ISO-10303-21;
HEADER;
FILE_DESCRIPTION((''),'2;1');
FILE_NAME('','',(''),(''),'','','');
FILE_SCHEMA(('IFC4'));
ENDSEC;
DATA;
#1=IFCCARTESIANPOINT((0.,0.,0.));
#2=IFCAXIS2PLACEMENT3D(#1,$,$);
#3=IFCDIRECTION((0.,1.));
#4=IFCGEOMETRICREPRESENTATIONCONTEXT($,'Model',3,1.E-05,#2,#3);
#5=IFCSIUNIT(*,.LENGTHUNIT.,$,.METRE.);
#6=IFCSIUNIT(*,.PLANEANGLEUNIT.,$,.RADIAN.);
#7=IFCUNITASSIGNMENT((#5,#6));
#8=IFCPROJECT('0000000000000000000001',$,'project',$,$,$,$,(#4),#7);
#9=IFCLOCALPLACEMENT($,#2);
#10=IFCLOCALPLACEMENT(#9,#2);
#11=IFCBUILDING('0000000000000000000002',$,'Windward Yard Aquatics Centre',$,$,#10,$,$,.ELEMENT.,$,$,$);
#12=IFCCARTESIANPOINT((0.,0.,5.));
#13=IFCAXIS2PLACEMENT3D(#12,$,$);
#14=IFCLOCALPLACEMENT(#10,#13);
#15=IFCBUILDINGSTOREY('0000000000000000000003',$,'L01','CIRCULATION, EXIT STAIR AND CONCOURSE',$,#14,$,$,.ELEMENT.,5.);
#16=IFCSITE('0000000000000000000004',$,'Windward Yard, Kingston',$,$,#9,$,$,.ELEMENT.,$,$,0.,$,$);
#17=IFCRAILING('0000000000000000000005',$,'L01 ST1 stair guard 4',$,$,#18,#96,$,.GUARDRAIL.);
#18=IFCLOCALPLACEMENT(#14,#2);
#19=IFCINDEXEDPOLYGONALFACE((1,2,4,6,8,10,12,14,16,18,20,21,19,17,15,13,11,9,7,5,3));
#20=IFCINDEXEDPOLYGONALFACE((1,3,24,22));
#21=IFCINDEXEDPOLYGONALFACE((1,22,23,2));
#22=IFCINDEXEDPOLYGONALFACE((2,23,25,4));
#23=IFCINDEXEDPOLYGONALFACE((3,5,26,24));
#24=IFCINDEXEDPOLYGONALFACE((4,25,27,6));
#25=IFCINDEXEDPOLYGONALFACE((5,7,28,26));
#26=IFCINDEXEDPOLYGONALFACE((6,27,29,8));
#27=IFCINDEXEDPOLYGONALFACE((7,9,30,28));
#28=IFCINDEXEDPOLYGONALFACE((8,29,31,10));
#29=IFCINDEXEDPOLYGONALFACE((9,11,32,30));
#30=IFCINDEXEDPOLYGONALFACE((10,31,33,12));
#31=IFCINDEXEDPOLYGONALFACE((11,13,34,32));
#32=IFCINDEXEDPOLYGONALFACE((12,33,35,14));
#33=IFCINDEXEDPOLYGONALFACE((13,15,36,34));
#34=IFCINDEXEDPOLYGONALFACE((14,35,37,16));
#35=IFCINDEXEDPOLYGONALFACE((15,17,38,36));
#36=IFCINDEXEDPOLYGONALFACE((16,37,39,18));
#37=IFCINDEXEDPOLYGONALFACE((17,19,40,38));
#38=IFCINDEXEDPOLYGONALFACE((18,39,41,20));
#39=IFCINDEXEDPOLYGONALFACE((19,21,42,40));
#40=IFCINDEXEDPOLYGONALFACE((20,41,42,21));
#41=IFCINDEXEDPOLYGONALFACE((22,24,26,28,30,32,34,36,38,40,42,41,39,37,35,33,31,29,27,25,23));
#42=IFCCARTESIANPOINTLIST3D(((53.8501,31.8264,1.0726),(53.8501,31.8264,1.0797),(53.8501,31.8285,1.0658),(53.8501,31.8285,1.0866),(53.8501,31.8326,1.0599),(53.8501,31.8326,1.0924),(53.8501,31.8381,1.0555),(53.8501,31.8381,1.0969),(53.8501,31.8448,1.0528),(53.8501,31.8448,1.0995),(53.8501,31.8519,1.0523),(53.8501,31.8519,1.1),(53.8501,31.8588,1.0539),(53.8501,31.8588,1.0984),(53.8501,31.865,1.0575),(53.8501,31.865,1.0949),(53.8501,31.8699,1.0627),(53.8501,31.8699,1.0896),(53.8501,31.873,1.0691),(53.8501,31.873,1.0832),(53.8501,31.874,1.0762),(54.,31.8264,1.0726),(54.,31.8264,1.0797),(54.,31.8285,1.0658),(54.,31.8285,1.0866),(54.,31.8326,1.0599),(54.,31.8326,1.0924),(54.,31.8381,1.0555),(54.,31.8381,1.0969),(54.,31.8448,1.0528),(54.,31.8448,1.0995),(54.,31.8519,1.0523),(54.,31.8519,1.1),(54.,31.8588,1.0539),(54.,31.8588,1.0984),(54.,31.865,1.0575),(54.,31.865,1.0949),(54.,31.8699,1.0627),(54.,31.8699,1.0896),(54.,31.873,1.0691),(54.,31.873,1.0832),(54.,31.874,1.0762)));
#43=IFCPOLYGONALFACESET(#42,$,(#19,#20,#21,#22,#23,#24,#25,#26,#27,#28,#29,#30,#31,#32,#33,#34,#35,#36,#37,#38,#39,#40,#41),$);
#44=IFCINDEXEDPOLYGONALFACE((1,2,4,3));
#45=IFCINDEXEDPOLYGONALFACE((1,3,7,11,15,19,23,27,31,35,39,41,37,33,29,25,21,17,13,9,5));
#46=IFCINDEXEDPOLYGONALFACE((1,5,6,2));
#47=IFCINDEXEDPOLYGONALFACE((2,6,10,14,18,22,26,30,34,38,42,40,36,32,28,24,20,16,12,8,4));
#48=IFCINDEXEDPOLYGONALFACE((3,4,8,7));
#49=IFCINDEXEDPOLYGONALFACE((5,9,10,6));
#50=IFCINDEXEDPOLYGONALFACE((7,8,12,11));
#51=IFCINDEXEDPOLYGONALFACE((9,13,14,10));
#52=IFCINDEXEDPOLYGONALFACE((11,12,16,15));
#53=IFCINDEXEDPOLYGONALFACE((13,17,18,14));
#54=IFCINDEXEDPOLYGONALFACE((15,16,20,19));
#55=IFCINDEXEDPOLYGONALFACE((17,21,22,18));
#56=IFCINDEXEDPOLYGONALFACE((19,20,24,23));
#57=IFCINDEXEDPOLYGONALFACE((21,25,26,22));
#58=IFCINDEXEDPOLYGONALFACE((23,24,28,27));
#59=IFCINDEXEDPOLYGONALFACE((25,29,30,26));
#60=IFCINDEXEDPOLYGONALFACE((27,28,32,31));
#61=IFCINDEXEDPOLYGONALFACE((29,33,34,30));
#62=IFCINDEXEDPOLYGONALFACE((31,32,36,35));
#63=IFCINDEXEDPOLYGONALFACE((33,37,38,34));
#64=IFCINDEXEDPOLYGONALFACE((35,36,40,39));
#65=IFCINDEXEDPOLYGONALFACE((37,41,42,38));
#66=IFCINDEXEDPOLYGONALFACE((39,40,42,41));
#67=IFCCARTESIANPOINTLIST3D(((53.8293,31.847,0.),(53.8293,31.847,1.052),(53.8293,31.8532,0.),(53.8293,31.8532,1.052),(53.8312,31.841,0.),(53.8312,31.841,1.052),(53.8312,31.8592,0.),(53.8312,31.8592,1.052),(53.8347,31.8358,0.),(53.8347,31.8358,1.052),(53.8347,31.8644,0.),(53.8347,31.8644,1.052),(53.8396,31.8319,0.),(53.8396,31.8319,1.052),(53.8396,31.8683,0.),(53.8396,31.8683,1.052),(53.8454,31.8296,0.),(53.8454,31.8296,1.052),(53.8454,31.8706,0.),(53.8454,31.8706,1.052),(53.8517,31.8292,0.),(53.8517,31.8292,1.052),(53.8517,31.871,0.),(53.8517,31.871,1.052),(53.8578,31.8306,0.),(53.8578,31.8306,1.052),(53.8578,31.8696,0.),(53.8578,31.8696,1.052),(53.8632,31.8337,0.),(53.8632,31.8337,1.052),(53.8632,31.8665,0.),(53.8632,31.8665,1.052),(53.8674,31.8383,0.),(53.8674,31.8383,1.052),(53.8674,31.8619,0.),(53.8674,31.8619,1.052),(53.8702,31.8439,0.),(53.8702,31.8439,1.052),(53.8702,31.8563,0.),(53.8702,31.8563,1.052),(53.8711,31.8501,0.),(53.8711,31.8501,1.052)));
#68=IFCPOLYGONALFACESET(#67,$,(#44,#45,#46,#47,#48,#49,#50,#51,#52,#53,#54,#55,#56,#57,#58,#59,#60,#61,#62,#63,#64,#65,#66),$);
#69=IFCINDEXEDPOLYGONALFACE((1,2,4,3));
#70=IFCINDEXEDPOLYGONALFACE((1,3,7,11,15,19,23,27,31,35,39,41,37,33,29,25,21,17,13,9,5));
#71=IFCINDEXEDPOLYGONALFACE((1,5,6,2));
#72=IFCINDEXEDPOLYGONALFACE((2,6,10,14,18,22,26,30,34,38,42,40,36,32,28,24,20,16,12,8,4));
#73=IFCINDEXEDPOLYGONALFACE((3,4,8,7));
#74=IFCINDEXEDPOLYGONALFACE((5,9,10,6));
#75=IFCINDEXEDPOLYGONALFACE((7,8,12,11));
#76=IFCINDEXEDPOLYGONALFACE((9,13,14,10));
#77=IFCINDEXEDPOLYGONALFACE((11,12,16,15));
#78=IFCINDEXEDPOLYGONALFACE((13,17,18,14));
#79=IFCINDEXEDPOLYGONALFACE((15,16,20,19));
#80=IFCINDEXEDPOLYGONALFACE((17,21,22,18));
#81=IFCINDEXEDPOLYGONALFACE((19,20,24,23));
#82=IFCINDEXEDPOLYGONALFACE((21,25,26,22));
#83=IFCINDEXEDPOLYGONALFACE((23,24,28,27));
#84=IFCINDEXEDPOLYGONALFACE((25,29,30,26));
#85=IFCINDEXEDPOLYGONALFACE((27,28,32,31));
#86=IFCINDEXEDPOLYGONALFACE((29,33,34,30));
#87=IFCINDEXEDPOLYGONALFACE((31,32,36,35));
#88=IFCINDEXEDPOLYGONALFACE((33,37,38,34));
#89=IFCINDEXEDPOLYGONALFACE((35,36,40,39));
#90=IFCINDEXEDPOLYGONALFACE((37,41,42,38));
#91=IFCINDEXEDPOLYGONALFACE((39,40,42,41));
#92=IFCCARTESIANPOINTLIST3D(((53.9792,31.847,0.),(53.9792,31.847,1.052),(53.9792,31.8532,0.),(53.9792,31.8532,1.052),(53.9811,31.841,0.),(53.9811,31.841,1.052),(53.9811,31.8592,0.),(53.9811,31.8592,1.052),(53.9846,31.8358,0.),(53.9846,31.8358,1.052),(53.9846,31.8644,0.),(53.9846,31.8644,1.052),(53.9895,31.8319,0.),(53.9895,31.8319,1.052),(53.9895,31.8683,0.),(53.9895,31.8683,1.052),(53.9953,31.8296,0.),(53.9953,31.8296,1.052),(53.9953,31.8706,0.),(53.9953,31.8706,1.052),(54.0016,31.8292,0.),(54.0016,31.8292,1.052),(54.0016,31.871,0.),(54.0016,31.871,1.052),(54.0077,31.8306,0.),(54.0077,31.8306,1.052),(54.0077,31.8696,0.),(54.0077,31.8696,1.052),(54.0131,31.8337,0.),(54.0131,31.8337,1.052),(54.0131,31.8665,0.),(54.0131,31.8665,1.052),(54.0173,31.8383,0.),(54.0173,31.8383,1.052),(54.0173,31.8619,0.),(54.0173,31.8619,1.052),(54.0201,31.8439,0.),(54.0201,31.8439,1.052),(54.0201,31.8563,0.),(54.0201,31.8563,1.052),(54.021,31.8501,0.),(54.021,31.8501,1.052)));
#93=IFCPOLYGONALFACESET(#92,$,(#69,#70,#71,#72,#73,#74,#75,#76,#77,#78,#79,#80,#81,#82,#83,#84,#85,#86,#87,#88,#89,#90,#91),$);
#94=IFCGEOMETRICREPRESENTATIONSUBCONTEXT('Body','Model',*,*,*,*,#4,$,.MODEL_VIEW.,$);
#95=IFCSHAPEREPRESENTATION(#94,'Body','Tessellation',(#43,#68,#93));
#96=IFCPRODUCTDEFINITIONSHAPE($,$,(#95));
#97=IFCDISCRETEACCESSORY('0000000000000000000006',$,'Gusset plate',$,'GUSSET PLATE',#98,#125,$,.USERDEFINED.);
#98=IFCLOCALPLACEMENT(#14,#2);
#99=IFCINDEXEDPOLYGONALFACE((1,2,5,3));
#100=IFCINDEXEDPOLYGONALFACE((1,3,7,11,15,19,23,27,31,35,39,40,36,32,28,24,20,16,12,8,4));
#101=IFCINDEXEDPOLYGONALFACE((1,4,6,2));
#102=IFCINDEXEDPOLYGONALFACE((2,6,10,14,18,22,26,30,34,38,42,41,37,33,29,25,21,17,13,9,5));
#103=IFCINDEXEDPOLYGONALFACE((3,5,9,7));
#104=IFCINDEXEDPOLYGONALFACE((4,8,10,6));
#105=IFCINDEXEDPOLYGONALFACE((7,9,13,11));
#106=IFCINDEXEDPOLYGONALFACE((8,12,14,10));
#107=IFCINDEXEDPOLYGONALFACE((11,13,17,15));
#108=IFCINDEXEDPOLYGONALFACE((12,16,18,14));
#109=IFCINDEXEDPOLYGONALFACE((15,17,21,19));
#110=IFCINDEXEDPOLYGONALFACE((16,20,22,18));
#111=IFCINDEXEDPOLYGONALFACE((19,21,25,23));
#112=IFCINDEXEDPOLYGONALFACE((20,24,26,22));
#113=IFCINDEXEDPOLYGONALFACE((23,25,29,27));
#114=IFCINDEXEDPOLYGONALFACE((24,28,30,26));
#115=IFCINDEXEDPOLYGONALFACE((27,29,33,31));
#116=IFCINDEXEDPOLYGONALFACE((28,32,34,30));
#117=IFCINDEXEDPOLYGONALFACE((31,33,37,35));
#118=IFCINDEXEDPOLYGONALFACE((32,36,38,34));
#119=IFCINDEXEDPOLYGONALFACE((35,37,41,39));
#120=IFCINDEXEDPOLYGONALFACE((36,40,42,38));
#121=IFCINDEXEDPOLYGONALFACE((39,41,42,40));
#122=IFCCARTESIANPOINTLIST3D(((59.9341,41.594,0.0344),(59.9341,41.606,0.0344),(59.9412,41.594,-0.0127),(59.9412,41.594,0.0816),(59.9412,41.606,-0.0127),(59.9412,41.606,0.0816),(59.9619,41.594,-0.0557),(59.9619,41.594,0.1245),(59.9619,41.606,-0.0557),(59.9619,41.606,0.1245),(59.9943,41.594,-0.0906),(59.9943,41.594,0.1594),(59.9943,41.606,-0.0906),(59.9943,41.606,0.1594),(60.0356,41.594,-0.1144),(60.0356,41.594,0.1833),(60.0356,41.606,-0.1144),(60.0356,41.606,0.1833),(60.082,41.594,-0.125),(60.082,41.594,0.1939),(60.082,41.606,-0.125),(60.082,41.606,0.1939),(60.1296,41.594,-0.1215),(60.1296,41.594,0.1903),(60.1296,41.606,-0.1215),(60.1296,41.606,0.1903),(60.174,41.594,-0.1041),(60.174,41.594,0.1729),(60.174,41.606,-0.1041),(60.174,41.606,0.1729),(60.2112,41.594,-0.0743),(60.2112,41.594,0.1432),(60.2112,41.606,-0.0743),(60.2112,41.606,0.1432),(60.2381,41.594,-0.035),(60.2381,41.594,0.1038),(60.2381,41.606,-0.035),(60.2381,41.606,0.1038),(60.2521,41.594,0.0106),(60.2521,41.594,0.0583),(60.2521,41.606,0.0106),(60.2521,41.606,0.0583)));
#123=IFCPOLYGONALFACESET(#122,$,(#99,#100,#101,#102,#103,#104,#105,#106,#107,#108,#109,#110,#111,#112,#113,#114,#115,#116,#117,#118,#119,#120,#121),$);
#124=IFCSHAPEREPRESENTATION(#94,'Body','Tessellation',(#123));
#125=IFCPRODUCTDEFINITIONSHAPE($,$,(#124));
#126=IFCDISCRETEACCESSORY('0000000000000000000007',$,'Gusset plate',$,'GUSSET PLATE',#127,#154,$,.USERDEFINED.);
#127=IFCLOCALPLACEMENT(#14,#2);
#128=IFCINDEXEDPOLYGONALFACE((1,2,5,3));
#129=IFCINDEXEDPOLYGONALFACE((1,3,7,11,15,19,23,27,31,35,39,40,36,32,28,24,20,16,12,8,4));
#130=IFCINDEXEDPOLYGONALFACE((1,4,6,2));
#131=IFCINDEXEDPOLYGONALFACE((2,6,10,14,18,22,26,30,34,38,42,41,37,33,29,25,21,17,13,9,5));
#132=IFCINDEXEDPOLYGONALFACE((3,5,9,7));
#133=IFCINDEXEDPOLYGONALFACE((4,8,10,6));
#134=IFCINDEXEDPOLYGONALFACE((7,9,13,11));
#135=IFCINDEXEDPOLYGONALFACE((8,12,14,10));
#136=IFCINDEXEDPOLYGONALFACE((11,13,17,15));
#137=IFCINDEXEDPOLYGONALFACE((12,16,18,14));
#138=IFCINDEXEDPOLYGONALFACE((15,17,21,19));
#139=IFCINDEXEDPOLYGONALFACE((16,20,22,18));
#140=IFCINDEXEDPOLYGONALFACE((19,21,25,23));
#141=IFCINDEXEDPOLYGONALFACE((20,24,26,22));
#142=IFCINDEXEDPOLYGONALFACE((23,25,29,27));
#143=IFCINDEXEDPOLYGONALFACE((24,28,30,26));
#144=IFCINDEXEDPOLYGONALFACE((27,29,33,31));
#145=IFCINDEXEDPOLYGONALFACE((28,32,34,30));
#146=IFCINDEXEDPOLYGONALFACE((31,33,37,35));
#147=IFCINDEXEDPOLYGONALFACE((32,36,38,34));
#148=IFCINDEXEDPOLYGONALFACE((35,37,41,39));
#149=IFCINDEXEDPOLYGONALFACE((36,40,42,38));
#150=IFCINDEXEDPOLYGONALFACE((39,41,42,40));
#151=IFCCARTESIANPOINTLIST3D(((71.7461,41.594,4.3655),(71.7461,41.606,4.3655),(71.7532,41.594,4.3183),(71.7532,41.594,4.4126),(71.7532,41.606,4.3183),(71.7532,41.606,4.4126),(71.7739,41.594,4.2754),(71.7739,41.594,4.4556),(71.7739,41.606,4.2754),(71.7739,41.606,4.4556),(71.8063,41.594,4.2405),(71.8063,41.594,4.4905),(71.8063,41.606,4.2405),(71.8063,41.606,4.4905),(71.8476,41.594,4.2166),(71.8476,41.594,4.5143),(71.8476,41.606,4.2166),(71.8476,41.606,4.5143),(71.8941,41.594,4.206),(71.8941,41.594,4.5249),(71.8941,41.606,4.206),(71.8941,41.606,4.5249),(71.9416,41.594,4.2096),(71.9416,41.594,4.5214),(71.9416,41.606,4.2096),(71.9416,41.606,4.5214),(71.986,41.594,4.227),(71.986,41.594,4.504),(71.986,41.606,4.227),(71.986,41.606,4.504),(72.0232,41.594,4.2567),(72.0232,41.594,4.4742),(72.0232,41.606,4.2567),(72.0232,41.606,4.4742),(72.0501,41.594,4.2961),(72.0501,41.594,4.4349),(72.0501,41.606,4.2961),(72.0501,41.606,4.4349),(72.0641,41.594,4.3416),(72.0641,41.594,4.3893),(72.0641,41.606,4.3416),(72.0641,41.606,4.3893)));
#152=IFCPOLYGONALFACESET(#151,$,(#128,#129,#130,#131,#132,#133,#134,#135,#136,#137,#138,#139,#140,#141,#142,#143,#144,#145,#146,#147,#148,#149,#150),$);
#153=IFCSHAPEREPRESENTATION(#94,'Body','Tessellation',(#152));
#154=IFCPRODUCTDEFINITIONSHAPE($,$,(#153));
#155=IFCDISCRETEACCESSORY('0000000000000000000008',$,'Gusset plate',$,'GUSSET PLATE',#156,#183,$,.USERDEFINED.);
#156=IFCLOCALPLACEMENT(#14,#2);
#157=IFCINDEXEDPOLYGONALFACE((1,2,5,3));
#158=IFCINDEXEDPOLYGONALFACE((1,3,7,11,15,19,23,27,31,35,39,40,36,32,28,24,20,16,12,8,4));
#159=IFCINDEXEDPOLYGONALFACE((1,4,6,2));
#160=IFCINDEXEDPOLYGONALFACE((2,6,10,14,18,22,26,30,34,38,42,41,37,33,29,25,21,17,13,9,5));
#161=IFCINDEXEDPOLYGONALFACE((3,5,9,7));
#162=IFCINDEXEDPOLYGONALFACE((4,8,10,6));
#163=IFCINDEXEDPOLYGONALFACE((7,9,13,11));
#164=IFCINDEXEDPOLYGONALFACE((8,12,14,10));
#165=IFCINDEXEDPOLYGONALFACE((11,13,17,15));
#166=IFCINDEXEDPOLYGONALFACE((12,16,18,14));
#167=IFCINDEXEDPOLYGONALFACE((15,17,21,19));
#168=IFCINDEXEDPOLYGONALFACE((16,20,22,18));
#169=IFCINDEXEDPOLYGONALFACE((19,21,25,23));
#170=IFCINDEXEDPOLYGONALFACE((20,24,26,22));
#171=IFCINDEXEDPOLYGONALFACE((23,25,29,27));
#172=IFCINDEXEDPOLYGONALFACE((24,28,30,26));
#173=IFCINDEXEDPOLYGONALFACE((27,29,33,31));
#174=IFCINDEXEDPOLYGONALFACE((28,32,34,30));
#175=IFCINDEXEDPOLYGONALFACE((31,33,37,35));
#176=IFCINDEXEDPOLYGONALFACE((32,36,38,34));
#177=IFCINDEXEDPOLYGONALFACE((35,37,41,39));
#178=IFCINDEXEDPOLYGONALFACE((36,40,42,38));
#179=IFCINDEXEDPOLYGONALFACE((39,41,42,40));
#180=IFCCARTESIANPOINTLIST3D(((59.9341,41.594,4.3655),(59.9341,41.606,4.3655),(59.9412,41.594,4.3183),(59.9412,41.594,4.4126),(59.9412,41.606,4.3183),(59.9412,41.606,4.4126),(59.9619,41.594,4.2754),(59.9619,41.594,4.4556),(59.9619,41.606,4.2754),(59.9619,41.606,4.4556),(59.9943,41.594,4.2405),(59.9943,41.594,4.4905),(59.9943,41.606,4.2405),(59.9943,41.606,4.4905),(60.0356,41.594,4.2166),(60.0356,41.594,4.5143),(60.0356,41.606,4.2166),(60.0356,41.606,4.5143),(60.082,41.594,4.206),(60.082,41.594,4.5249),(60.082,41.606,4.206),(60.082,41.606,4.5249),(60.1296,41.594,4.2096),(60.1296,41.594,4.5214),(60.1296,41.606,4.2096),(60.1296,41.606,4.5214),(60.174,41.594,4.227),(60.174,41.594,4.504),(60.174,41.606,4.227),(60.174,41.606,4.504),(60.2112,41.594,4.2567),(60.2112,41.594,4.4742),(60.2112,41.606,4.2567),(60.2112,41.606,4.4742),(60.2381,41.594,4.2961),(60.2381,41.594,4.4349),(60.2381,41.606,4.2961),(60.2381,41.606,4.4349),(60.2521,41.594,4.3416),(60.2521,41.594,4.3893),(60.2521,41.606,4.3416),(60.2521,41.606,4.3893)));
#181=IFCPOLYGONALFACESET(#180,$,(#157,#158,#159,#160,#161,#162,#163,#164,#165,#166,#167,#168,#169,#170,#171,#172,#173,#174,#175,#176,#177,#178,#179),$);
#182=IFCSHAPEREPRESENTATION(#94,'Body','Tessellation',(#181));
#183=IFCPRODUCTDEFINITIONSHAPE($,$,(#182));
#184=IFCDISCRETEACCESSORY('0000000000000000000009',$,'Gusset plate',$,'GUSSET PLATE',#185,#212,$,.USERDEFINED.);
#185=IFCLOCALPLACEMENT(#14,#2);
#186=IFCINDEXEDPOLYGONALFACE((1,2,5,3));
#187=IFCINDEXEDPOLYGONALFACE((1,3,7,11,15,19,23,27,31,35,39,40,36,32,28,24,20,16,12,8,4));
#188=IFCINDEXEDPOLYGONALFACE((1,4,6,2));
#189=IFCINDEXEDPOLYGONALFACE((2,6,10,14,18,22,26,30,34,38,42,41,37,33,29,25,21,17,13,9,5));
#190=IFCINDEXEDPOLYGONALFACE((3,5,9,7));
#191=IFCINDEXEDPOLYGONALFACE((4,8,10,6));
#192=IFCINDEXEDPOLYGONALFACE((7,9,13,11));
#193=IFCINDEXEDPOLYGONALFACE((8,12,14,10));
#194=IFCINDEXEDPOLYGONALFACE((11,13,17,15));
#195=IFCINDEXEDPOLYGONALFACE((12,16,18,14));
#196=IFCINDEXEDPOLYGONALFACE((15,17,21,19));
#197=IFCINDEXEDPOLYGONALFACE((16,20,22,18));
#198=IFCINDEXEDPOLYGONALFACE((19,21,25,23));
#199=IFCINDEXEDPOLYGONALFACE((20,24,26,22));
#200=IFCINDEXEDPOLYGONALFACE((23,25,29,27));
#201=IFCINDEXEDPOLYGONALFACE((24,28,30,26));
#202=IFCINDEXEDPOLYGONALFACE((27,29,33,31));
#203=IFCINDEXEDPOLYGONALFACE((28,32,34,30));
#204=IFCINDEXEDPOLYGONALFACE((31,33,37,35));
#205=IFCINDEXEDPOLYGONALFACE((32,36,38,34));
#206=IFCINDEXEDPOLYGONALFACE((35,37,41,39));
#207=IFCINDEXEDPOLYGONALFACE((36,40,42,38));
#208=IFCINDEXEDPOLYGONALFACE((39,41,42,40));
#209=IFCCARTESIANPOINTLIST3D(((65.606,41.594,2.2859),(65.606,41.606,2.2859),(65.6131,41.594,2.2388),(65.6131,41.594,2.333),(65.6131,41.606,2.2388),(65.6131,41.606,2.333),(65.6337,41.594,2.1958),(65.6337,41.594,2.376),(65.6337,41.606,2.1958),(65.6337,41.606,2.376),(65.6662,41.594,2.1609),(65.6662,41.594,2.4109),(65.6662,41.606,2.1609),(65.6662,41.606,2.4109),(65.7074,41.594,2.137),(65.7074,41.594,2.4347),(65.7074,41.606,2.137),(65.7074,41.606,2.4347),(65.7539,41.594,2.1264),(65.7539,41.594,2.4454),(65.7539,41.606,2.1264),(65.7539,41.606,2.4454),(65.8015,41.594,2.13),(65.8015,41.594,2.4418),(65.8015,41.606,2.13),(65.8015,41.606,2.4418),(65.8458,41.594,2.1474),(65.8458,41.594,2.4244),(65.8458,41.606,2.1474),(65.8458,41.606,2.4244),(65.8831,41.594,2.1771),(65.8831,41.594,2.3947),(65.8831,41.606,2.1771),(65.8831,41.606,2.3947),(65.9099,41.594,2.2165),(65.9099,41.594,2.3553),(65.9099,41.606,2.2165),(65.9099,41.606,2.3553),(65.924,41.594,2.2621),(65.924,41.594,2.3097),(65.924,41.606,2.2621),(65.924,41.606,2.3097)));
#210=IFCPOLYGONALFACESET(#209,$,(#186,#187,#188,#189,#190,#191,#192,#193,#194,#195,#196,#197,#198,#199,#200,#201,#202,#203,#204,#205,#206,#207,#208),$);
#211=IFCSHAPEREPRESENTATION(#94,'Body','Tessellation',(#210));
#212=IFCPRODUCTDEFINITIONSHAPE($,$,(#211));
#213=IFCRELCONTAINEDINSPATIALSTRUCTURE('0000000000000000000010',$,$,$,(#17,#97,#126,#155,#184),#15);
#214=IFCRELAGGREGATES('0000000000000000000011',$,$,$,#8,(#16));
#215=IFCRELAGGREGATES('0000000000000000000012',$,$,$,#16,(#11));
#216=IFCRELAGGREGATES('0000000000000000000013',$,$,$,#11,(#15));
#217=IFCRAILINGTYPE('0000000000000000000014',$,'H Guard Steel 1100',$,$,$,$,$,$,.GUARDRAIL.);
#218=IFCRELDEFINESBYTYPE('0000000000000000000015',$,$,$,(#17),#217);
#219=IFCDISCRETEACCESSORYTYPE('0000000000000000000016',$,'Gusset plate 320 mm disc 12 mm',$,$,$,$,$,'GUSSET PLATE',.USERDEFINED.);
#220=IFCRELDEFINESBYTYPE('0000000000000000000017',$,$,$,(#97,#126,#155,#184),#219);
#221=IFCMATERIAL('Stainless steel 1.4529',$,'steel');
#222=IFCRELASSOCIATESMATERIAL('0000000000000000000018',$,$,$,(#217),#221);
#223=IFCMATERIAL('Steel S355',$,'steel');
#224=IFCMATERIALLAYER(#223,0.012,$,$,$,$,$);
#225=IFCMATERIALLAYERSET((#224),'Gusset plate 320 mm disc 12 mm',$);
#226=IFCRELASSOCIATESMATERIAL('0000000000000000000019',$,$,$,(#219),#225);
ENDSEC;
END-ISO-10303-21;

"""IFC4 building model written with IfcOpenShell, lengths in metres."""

from ifc_helpers import new_model, si_unit, direction, frame, origin, origin_2d, place, context, subcontext, project, spatial, circle, extrude, material, layer, layer_set, type_object, element, save


model = new_model("IFC4")

# Units and contexts
model_context = context("Model", 3, precision=1e-05, world=origin(), true_north=direction((0.0, 1.0)))
body_context = subcontext(model_context, "Body", "Model", "MODEL_VIEW")
ifc_project = project(units=[si_unit("LENGTHUNIT", "METRE"), si_unit("PLANEANGLEUNIT", "RADIAN")], contexts=[model_context])

# Site, building, storey
site_placement = place(None, origin())
site = spatial("IfcSite", under=ifc_project, at=site_placement, Name="Windward Yard, Kingston", CompositionType="ELEMENT", RefElevation=0.0)
building_placement = place(site_placement, origin())
building = spatial("IfcBuilding", under=site, at=building_placement, Name="Windward Yard Aquatics Centre", CompositionType="ELEMENT")
storey_placement = place(building_placement, frame((0.0, 0.0, 5.0)))
storey = spatial("IfcBuildingStorey", under=building, at=storey_placement, Name="L01", Description="CIRCULATION, EXIT STAIR AND CONCOURSE", CompositionType="ELEMENT", Elevation=5.0)

# Railing
ifc_material_1 = material(Name="Stainless steel 1.4529", Category="steel")
railing_type = type_object("IfcRailingType", Name="H Guard Steel 1100", PredefinedType="GUARDRAIL", material=ifc_material_1)
railing_1_placement = place(storey_placement, frame((53.8501, 31.8501, 0.0)))
element("IfcRailing", 1, at=railing_1_placement, inside=storey, type_object=railing_type, Name="L01 ST1 stair guard 4", PredefinedType="GUARDRAIL", context=body_context, shape_type="SweptSolid", body=[
    extrude(circle(Radius=0.0239, at=origin_2d()), frame((0.0, 0.0, 1.0762), z_axis=(1.0, 0.0, 0.0), x_axis=(0.0, 1.0, 0.0)), (0.0, 0.0, 1.0), 0.1499),
    extrude(circle(Radius=0.021, at=origin_2d()), origin(), (0.0, 0.0, 1.0), 1.052),
    extrude(circle(Radius=0.021, at=origin_2d()), frame((0.1499, 0.0, 0.0)), (0.0, 0.0, 1.0), 1.052),
])

# Discrete accessories
ifc_material_2 = material(Name="Steel S355", Category="steel")
ifc_layer_1 = layer(ifc_material_2, 0.012)
ifc_layer_set_1 = layer_set([ifc_layer_1], Name="Gusset plate 320 mm disc 12 mm")
discrete_accessory_type = type_object("IfcDiscreteAccessoryType", Name="Gusset plate 320 mm disc 12 mm", ElementType="GUSSET PLATE", PredefinedType="USERDEFINED", material=ifc_layer_set_1)
for number, where, z_axis, x_axis, name in (
    (2, (60.094, 41.594, 0.0344), (0.0, 1.0, 0.0), (-1.0, 0.0, 0.0), "Gusset plate"),
    (3, (71.906, 41.594, 4.3655), (0.0, 1.0, 0.0), (-1.0, 0.0, 0.0), "Gusset plate"),
    (4, (60.094, 41.594, 4.3655), (0.0, 1.0, 0.0), (-1.0, 0.0, 0.0), "Gusset plate"),
    (5, (65.7659, 41.594, 2.2859), (0.0, 1.0, 0.0), (-1.0, 0.0, 0.0), "Gusset plate"),
):
    element("IfcDiscreteAccessory", number, at=place(storey_placement, frame(where, z_axis=z_axis, x_axis=x_axis)), inside=storey, type_object=discrete_accessory_type, Name=name, ObjectType="GUSSET PLATE", PredefinedType="USERDEFINED", context=body_context, shape_type="SweptSolid", body=[
        extrude(circle(Radius=0.1599, at=origin_2d()), origin(), (0.0, 0.0, 1.0), 0.012),
    ])

save(model, "model.ifc")
